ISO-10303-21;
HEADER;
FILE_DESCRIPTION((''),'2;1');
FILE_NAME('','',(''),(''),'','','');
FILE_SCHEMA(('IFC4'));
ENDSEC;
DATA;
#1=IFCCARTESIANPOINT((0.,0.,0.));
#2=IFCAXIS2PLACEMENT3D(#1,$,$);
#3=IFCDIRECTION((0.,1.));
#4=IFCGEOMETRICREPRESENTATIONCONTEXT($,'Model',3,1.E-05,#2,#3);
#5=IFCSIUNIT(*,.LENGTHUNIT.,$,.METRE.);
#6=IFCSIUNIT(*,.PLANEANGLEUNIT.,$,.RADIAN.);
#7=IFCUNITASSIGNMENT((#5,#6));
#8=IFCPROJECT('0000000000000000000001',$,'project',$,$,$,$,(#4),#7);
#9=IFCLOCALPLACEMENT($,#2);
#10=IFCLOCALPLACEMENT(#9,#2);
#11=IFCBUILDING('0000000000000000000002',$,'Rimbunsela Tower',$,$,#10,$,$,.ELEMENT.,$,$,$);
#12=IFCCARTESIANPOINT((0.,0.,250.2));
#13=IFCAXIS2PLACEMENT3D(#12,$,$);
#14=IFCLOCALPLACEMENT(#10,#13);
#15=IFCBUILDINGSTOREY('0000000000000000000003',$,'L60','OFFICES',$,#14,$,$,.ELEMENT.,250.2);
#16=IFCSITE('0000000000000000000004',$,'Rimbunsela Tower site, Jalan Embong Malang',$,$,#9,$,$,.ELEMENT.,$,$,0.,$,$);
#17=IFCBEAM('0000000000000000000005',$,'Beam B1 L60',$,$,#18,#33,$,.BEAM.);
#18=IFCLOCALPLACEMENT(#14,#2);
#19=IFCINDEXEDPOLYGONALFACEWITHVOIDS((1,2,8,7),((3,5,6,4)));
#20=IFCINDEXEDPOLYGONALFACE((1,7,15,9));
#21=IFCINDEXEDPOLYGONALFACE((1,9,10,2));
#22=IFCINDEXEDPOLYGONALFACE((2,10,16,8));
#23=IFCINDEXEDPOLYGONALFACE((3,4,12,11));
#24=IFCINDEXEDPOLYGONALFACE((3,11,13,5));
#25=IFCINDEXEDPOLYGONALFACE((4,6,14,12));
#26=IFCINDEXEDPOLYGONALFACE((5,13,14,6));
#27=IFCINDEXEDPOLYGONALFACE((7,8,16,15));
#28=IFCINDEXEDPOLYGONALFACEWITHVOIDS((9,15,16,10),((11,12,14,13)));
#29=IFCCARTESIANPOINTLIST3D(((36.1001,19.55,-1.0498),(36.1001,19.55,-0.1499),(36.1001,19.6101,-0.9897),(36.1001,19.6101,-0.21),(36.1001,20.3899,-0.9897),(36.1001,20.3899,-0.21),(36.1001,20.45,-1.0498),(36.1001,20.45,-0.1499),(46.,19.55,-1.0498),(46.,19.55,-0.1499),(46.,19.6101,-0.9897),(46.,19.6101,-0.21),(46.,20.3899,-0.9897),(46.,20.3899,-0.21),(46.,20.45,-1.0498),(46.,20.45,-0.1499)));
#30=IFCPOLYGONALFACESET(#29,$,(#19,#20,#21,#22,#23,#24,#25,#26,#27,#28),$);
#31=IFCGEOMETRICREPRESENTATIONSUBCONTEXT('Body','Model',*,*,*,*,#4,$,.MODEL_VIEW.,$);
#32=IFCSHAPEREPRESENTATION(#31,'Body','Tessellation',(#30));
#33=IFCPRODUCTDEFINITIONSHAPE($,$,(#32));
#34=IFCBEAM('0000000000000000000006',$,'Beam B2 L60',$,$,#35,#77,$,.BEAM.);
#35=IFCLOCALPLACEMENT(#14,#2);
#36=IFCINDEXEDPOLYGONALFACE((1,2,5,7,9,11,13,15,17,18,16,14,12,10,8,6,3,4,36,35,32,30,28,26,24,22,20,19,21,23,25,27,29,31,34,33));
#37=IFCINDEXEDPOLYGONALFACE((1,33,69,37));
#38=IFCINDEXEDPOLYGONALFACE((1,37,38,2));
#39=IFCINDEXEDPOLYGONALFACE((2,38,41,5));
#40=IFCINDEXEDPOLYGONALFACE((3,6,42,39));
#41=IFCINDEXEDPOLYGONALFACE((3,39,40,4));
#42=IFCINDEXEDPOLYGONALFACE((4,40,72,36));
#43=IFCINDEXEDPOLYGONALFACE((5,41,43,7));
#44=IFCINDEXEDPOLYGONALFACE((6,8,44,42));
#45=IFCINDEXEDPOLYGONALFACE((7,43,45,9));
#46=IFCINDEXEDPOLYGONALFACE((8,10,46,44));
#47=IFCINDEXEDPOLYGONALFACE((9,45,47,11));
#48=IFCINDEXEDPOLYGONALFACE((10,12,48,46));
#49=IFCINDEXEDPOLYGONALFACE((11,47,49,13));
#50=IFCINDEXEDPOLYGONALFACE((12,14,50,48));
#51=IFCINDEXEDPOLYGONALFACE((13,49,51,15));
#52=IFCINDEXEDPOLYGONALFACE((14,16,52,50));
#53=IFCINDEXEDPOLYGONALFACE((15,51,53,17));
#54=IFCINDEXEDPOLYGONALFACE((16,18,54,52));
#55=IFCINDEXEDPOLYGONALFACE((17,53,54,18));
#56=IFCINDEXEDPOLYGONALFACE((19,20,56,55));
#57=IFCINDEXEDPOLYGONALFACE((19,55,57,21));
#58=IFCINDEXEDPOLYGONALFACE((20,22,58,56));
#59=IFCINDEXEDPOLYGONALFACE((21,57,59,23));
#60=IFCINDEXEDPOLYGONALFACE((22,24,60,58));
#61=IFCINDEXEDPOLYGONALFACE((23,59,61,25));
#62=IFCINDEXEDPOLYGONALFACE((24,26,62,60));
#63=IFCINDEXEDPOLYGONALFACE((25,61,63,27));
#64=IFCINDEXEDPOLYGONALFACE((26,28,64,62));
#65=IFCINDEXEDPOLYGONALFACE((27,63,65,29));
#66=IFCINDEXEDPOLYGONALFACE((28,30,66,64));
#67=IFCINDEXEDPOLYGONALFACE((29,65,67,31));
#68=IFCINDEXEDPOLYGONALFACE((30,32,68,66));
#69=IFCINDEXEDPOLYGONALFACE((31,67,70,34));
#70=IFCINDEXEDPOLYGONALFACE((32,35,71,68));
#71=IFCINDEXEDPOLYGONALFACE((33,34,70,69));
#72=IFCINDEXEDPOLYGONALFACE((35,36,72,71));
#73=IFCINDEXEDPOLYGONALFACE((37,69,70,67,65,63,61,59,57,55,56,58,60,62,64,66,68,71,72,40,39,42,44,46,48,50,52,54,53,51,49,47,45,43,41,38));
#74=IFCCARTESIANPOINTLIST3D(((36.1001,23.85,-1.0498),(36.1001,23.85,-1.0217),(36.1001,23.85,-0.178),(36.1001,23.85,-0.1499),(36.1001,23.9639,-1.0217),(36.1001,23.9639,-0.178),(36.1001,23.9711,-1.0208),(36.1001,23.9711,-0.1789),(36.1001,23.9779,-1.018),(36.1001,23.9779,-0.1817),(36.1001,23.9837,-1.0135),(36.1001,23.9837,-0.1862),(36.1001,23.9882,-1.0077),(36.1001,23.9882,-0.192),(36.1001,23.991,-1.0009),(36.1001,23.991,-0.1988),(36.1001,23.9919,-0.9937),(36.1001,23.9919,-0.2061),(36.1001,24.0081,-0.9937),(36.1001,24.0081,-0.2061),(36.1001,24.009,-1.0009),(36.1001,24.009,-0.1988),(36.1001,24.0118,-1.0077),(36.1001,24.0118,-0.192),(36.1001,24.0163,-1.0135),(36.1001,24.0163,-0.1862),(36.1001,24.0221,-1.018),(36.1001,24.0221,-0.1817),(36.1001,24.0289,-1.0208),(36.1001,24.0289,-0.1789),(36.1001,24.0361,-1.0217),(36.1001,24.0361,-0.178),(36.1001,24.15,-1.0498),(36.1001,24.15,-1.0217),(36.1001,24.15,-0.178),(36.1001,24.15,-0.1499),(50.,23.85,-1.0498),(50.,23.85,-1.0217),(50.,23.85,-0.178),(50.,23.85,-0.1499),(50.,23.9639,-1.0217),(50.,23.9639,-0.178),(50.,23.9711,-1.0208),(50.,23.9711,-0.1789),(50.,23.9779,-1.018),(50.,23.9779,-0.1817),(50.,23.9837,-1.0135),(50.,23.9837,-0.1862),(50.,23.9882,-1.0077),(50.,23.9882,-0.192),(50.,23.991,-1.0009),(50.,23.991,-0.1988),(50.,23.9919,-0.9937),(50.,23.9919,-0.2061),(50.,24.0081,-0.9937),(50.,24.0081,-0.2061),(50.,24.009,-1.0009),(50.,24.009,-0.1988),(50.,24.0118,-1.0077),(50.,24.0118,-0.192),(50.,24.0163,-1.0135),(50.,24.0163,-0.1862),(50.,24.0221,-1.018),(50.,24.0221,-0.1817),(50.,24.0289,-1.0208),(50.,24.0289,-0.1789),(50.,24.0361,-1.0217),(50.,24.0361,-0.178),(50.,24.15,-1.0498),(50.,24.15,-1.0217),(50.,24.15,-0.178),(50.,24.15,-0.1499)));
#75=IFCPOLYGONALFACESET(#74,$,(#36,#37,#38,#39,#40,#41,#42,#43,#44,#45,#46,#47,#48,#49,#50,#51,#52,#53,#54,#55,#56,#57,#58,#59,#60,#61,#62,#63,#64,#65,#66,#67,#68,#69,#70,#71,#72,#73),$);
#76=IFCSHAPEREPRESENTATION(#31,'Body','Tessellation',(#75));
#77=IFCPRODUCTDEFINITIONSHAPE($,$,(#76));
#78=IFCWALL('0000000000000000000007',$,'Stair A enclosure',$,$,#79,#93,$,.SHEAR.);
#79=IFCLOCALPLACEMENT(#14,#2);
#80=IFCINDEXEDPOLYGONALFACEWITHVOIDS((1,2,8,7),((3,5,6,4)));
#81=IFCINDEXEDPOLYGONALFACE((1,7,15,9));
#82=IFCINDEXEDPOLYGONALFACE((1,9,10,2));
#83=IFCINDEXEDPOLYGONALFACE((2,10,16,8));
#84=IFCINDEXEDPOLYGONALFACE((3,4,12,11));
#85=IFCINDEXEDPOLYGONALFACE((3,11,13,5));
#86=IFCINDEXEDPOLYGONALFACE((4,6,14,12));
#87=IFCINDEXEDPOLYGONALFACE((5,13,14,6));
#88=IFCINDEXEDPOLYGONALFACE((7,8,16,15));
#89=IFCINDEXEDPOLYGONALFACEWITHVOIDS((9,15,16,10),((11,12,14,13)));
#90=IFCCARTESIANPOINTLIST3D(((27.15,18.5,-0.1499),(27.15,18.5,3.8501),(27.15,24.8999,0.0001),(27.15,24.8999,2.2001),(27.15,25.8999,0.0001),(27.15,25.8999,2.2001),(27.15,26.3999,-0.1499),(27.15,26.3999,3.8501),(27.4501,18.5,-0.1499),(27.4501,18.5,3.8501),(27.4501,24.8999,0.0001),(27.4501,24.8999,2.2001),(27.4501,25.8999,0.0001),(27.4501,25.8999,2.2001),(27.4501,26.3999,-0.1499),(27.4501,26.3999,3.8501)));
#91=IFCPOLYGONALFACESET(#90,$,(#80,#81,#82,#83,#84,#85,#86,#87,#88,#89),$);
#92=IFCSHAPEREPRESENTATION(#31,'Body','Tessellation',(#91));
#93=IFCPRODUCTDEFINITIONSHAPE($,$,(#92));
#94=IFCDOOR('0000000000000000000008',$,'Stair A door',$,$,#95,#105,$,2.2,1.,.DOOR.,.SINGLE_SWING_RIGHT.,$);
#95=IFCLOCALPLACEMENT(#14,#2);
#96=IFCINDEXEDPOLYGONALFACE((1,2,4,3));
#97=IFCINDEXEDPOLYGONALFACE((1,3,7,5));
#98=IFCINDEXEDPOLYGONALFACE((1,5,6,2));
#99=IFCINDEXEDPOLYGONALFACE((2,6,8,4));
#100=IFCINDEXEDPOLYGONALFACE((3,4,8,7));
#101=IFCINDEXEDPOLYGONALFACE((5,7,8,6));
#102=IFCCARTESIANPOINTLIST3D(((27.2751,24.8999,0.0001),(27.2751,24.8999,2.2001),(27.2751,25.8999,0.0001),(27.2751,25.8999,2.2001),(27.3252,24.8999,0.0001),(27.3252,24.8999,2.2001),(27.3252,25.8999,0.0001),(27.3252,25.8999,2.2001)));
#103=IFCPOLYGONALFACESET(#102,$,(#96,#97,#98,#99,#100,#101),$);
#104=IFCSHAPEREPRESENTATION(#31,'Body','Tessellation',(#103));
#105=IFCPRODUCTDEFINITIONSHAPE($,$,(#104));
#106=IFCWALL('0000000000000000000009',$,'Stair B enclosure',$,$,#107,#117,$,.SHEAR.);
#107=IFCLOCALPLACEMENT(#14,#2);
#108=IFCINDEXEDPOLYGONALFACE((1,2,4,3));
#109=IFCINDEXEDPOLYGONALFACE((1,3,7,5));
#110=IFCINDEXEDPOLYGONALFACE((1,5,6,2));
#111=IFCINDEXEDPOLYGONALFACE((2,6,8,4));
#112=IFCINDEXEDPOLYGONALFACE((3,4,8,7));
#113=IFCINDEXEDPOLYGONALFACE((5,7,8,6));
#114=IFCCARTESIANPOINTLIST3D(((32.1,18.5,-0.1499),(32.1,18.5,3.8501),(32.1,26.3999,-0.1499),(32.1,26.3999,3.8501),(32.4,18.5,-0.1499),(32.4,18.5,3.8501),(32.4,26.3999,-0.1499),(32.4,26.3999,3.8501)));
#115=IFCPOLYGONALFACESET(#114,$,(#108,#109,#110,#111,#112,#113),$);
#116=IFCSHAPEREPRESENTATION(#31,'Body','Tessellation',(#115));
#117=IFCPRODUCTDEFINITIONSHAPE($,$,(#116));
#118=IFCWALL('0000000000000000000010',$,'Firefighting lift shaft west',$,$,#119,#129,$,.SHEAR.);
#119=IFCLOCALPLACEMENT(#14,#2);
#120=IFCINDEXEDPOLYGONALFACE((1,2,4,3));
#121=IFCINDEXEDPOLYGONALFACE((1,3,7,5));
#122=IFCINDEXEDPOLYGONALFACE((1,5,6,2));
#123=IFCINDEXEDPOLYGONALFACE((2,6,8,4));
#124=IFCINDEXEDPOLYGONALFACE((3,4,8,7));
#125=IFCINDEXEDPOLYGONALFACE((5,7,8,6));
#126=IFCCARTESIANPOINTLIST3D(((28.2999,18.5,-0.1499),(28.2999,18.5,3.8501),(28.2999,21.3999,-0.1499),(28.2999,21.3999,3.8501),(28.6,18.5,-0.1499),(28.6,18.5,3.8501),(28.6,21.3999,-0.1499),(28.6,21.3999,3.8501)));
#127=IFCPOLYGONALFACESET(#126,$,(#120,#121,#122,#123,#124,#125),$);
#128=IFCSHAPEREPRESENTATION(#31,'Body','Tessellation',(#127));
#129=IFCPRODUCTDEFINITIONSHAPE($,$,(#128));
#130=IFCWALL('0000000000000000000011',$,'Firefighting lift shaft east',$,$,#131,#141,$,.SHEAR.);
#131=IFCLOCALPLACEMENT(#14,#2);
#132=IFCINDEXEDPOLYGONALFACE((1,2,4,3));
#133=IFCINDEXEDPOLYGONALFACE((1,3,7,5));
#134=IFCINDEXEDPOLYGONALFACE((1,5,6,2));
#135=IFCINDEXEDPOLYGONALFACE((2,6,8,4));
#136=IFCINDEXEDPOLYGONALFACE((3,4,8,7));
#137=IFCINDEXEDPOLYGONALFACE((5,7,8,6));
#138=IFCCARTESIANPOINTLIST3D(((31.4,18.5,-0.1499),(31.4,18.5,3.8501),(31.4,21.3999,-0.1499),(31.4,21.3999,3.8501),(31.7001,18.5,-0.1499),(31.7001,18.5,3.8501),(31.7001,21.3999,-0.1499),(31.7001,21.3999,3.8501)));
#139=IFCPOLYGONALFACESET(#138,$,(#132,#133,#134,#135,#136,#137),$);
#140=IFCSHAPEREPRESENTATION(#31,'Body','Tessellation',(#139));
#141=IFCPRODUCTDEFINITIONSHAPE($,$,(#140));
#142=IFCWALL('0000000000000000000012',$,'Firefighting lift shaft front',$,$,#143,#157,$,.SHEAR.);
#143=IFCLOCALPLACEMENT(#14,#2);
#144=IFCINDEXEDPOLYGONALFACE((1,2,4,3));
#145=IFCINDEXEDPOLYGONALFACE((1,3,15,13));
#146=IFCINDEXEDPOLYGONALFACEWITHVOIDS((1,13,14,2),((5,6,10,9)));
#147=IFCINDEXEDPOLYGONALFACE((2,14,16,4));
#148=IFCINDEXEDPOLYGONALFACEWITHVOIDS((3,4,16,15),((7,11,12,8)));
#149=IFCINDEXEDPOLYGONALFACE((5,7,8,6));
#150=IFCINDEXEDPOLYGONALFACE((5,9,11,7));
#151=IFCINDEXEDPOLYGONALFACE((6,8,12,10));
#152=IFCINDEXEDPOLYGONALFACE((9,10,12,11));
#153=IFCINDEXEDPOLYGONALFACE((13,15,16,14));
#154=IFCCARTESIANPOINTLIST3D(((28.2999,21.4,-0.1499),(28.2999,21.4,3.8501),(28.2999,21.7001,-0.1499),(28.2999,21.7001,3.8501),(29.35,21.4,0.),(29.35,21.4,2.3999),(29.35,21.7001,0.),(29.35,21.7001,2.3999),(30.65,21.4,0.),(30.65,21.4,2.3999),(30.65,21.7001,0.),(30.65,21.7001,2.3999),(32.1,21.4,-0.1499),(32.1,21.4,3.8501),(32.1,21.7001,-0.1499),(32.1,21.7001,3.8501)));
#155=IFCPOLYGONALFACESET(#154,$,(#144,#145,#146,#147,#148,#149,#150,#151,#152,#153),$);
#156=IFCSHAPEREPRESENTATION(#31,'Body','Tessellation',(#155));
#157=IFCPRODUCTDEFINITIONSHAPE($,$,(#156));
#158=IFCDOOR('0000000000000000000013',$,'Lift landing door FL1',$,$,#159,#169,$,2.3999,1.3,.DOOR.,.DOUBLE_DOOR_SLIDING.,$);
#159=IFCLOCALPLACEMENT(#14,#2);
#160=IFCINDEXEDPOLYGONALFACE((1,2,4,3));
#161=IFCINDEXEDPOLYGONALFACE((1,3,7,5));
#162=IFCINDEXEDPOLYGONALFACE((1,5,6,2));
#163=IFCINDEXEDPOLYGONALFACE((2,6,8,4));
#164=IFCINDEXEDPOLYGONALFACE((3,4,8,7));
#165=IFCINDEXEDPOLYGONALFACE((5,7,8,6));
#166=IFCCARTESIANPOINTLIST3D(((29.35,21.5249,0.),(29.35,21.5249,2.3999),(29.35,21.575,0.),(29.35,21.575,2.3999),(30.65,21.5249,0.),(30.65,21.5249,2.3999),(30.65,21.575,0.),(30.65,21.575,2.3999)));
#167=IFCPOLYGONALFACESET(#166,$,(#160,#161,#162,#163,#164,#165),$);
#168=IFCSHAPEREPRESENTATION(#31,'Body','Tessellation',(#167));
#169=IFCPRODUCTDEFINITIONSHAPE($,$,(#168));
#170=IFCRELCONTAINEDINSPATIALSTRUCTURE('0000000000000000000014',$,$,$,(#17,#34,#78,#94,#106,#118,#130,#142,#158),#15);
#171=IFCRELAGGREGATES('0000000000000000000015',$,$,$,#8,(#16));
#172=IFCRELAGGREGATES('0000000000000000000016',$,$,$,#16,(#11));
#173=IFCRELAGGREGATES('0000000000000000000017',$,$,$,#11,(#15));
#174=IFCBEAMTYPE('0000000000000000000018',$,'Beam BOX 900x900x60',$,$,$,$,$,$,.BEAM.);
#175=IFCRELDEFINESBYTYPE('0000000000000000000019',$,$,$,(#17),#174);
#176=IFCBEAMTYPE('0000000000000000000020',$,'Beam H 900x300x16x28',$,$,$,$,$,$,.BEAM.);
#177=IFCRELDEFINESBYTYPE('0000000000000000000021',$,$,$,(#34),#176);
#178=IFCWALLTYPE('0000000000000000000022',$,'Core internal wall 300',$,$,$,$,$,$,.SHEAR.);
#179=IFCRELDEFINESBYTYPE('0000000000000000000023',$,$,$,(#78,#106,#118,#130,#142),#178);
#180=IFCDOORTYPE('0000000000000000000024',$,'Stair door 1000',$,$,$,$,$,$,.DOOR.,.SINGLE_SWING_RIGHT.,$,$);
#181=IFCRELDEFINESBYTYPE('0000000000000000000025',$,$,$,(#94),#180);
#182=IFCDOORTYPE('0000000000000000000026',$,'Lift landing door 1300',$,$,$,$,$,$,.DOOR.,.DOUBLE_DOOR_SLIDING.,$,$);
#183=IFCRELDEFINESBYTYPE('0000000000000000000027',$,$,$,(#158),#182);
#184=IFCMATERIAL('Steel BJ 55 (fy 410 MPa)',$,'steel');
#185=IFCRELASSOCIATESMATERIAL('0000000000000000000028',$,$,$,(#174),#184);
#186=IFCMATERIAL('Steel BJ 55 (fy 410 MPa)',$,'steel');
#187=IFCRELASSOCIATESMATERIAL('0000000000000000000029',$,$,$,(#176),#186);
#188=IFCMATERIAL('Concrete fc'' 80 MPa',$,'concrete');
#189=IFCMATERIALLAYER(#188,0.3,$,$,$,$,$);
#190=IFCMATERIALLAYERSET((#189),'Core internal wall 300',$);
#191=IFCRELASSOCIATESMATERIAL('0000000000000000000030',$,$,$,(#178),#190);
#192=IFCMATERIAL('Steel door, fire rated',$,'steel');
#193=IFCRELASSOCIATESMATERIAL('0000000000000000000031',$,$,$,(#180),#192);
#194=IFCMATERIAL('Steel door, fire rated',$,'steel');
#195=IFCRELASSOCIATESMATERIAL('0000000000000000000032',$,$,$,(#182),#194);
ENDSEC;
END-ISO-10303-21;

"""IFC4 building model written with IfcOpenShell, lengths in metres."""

from ifc_helpers import new_model, si_unit, direction, frame, frame_2d, origin, origin_2d, place, context, subcontext, project, spatial, rectangle, hollow_rectangle, i_section, extrude, material, layer, layer_set, material_profile, profile_set, type_object, element, fill, save


model = new_model("IFC4")

# Units and contexts
model_context = context("Model", 3, precision=1e-05, world=origin(), true_north=direction((0.0, 1.0)))
body_context = subcontext(model_context, "Body", "Model", "MODEL_VIEW")
ifc_project = project(units=[si_unit("LENGTHUNIT", "METRE"), si_unit("PLANEANGLEUNIT", "RADIAN")], contexts=[model_context])

# Site, building, storey
site_placement = place(None, origin())
site = spatial("IfcSite", under=ifc_project, at=site_placement, Name="Rimbunsela Tower site, Jalan Embong Malang", CompositionType="ELEMENT", RefElevation=0.0)
building_placement = place(site_placement, origin())
building = spatial("IfcBuilding", under=site, at=building_placement, Name="Rimbunsela Tower", CompositionType="ELEMENT")
storey_placement = place(building_placement, frame((0.0, 0.0, 250.2)))
storey = spatial("IfcBuildingStorey", under=building, at=storey_placement, Name="L60", Description="OFFICES", CompositionType="ELEMENT", Elevation=250.2)

# Beams
ifc_material_1 = material(Name="Steel BJ 55 (fy 410 MPa)", Category="steel")
ifc_material_profile_1 = material_profile(ifc_material_1, hollow_rectangle(XDim=0.8999, YDim=0.8999, WallThickness=0.0601, at=origin_2d()), Name="BOX 900x900x60")
ifc_profile_set_1 = profile_set([ifc_material_profile_1], Name="Steel BJ 55 (fy 410 MPa)")
beam_type_1 = type_object("IfcBeamType", Name="Beam BOX 900x900x60", PredefinedType="BEAM", material=ifc_profile_set_1)
beam_1_placement = place(storey_placement, frame((36.1001, 20.0, -0.5999), z_axis=(1.0, 0.0, 0.0), x_axis=(0.0, 1.0, 0.0)))
element("IfcBeam", 1, at=beam_1_placement, inside=storey, type_object=beam_type_1, Name="Beam B1 L60", PredefinedType="BEAM", context=body_context, shape_type="SweptSolid", body=[
    extrude(hollow_rectangle(XDim=0.8999, YDim=0.8999, WallThickness=0.0601, at=origin_2d()), origin(), (0.0, 0.0, 1.0), 9.8999),
])
ifc_material_2 = material(Name="Steel BJ 55 (fy 410 MPa)", Category="steel")
ifc_material_profile_2 = material_profile(ifc_material_2, i_section(OverallWidth=0.3, OverallDepth=0.8999, WebThickness=0.0161, FlangeThickness=0.0281, FilletRadius=0.0281, at=origin_2d()), Name="H 900x300x16x28")
ifc_profile_set_2 = profile_set([ifc_material_profile_2], Name="Steel BJ 55 (fy 410 MPa)")
beam_type_2 = type_object("IfcBeamType", Name="Beam H 900x300x16x28", PredefinedType="BEAM", material=ifc_profile_set_2)
beam_2_placement = place(storey_placement, frame((36.1001, 24.0, -0.5999), z_axis=(1.0, 0.0, 0.0), x_axis=(0.0, 1.0, 0.0)))
element("IfcBeam", 2, at=beam_2_placement, inside=storey, type_object=beam_type_2, Name="Beam B2 L60", PredefinedType="BEAM", context=body_context, shape_type="SweptSolid", body=[
    extrude(i_section(OverallWidth=0.3, OverallDepth=0.8999, WebThickness=0.0161, FlangeThickness=0.0281, FilletRadius=0.0281, at=origin_2d()), origin(), (0.0, 0.0, 1.0), 13.8999),
])

# Wall, opening, door
ifc_material_3 = material(Name="Concrete fc' 80 MPa", Category="concrete")
ifc_layer_1 = layer(ifc_material_3, 0.3)
ifc_layer_set_1 = layer_set([ifc_layer_1], Name="Core internal wall 300")
wall_type_1 = type_object("IfcWallType", Name="Core internal wall 300", PredefinedType="SHEAR", material=ifc_layer_set_1)
wall_1_placement = place(storey_placement, frame((27.3, 18.5, -0.1499), z_axis=(0.0, 0.0, 1.0), x_axis=(0.0, 1.0, 0.0)))
wall_1 = element("IfcWall", 3, at=wall_1_placement, inside=storey, type_object=wall_type_1, Name="Stair A enclosure", PredefinedType="SHEAR", context=body_context, shape_type="SweptSolid", body=[
    extrude(rectangle(XDim=7.8999, YDim=0.3, at=frame_2d((3.95, 0.0))), origin(), (0.0, 0.0, 1.0), 4.0),
])
opening_1_placement = place(wall_1_placement, frame((6.3999, 0.0, 0.1499)))
opening_1 = element("IfcOpeningElement", 4, at=opening_1_placement, cuts=wall_1, PredefinedType="OPENING", context=body_context, shape_type="SweptSolid", body=[
    extrude(rectangle(XDim=1.0, YDim=2.2, at=frame_2d((0.5, 1.1001))), frame((0.0, 0.1599, 0.0), z_axis=(0.0, -1.0, 0.0), x_axis=(1.0, 0.0, 0.0)), (0.0, 0.0, 1.0), 0.3201),
])
ifc_material_4 = material(Name="Steel door, fire rated", Category="steel")
door_type_1 = type_object("IfcDoorType", Name="Stair door 1000", OperationType="SINGLE_SWING_RIGHT", PredefinedType="DOOR", material=ifc_material_4)
door_1_placement = place(opening_1_placement, origin())
door_1 = element("IfcDoor", 5, at=door_1_placement, inside=storey, type_object=door_type_1, Name="Stair A door", OperationType="SINGLE_SWING_RIGHT", OverallHeight=2.2, OverallWidth=1.0, PredefinedType="DOOR", context=body_context, shape_type="SweptSolid", body=[
    extrude(rectangle(XDim=1.0, YDim=2.2, at=frame_2d((0.5, 1.1001))), frame((0.0, 0.0249, 0.0), z_axis=(0.0, -1.0, 0.0), x_axis=(1.0, 0.0, 0.0)), (0.0, 0.0, 1.0), 0.05),
])
fill(opening_1, door_1)

# Walls
wall_2_placement = place(storey_placement, frame((32.25, 18.5, -0.1499), z_axis=(0.0, 0.0, 1.0), x_axis=(0.0, 1.0, 0.0)))
element("IfcWall", 6, at=wall_2_placement, inside=storey, type_object=wall_type_1, Name="Stair B enclosure", PredefinedType="SHEAR", context=body_context, shape_type="SweptSolid", body=[
    extrude(rectangle(XDim=7.8999, YDim=0.3, at=frame_2d((3.95, 0.0))), origin(), (0.0, 0.0, 1.0), 4.0),
])
for number, where, z_axis, x_axis, name in (
    (7, (28.45, 18.5, -0.1499), (0.0, 0.0, 1.0), (0.0, 1.0, 0.0), "Firefighting lift shaft west"),
    (8, (31.55, 18.5, -0.1499), (0.0, 0.0, 1.0), (0.0, 1.0, 0.0), "Firefighting lift shaft east"),
):
    element("IfcWall", number, at=place(storey_placement, frame(where, z_axis=z_axis, x_axis=x_axis)), inside=storey, type_object=wall_type_1, Name=name, PredefinedType="SHEAR", context=body_context, shape_type="SweptSolid", body=[
        extrude(rectangle(XDim=2.8999, YDim=0.3, at=frame_2d((1.45, 0.0))), origin(), (0.0, 0.0, 1.0), 4.0),
    ])

# Wall, opening, door
wall_3_placement = place(storey_placement, frame((28.3, 21.55, -0.1499), z_axis=(0.0, 0.0, 1.0), x_axis=(1.0, 0.0, 0.0)))
wall_3 = element("IfcWall", 9, at=wall_3_placement, inside=storey, type_object=wall_type_1, Name="Firefighting lift shaft front", PredefinedType="SHEAR", context=body_context, shape_type="SweptSolid", body=[
    extrude(rectangle(XDim=3.8, YDim=0.3, at=frame_2d((1.8999, 0.0))), origin(), (0.0, 0.0, 1.0), 4.0),
])
opening_2_placement = place(wall_3_placement, frame((1.05, 0.0, 0.1499)))
opening_2 = element("IfcOpeningElement", 10, at=opening_2_placement, cuts=wall_3, PredefinedType="OPENING", context=body_context, shape_type="SweptSolid", body=[
    extrude(rectangle(XDim=1.3, YDim=2.3999, at=frame_2d((0.6499, 1.2))), frame((0.0, 0.1599, 0.0), z_axis=(0.0, -1.0, 0.0), x_axis=(1.0, 0.0, 0.0)), (0.0, 0.0, 1.0), 0.3201),
])
ifc_material_5 = material(Name="Steel door, fire rated", Category="steel")
door_type_2 = type_object("IfcDoorType", Name="Lift landing door 1300", OperationType="DOUBLE_DOOR_SLIDING", PredefinedType="DOOR", material=ifc_material_5)
door_2_placement = place(opening_2_placement, origin())
door_2 = element("IfcDoor", 11, at=door_2_placement, inside=storey, type_object=door_type_2, Name="Lift landing door FL1", OperationType="DOUBLE_DOOR_SLIDING", OverallHeight=2.3999, OverallWidth=1.3, PredefinedType="DOOR", context=body_context, shape_type="SweptSolid", body=[
    extrude(rectangle(XDim=1.3, YDim=2.3999, at=frame_2d((0.6499, 1.2))), frame((0.0, 0.0249, 0.0), z_axis=(0.0, -1.0, 0.0), x_axis=(1.0, 0.0, 0.0)), (0.0, 0.0, 1.0), 0.05),
])
fill(opening_2, door_2)

save(model, "model.ifc")
